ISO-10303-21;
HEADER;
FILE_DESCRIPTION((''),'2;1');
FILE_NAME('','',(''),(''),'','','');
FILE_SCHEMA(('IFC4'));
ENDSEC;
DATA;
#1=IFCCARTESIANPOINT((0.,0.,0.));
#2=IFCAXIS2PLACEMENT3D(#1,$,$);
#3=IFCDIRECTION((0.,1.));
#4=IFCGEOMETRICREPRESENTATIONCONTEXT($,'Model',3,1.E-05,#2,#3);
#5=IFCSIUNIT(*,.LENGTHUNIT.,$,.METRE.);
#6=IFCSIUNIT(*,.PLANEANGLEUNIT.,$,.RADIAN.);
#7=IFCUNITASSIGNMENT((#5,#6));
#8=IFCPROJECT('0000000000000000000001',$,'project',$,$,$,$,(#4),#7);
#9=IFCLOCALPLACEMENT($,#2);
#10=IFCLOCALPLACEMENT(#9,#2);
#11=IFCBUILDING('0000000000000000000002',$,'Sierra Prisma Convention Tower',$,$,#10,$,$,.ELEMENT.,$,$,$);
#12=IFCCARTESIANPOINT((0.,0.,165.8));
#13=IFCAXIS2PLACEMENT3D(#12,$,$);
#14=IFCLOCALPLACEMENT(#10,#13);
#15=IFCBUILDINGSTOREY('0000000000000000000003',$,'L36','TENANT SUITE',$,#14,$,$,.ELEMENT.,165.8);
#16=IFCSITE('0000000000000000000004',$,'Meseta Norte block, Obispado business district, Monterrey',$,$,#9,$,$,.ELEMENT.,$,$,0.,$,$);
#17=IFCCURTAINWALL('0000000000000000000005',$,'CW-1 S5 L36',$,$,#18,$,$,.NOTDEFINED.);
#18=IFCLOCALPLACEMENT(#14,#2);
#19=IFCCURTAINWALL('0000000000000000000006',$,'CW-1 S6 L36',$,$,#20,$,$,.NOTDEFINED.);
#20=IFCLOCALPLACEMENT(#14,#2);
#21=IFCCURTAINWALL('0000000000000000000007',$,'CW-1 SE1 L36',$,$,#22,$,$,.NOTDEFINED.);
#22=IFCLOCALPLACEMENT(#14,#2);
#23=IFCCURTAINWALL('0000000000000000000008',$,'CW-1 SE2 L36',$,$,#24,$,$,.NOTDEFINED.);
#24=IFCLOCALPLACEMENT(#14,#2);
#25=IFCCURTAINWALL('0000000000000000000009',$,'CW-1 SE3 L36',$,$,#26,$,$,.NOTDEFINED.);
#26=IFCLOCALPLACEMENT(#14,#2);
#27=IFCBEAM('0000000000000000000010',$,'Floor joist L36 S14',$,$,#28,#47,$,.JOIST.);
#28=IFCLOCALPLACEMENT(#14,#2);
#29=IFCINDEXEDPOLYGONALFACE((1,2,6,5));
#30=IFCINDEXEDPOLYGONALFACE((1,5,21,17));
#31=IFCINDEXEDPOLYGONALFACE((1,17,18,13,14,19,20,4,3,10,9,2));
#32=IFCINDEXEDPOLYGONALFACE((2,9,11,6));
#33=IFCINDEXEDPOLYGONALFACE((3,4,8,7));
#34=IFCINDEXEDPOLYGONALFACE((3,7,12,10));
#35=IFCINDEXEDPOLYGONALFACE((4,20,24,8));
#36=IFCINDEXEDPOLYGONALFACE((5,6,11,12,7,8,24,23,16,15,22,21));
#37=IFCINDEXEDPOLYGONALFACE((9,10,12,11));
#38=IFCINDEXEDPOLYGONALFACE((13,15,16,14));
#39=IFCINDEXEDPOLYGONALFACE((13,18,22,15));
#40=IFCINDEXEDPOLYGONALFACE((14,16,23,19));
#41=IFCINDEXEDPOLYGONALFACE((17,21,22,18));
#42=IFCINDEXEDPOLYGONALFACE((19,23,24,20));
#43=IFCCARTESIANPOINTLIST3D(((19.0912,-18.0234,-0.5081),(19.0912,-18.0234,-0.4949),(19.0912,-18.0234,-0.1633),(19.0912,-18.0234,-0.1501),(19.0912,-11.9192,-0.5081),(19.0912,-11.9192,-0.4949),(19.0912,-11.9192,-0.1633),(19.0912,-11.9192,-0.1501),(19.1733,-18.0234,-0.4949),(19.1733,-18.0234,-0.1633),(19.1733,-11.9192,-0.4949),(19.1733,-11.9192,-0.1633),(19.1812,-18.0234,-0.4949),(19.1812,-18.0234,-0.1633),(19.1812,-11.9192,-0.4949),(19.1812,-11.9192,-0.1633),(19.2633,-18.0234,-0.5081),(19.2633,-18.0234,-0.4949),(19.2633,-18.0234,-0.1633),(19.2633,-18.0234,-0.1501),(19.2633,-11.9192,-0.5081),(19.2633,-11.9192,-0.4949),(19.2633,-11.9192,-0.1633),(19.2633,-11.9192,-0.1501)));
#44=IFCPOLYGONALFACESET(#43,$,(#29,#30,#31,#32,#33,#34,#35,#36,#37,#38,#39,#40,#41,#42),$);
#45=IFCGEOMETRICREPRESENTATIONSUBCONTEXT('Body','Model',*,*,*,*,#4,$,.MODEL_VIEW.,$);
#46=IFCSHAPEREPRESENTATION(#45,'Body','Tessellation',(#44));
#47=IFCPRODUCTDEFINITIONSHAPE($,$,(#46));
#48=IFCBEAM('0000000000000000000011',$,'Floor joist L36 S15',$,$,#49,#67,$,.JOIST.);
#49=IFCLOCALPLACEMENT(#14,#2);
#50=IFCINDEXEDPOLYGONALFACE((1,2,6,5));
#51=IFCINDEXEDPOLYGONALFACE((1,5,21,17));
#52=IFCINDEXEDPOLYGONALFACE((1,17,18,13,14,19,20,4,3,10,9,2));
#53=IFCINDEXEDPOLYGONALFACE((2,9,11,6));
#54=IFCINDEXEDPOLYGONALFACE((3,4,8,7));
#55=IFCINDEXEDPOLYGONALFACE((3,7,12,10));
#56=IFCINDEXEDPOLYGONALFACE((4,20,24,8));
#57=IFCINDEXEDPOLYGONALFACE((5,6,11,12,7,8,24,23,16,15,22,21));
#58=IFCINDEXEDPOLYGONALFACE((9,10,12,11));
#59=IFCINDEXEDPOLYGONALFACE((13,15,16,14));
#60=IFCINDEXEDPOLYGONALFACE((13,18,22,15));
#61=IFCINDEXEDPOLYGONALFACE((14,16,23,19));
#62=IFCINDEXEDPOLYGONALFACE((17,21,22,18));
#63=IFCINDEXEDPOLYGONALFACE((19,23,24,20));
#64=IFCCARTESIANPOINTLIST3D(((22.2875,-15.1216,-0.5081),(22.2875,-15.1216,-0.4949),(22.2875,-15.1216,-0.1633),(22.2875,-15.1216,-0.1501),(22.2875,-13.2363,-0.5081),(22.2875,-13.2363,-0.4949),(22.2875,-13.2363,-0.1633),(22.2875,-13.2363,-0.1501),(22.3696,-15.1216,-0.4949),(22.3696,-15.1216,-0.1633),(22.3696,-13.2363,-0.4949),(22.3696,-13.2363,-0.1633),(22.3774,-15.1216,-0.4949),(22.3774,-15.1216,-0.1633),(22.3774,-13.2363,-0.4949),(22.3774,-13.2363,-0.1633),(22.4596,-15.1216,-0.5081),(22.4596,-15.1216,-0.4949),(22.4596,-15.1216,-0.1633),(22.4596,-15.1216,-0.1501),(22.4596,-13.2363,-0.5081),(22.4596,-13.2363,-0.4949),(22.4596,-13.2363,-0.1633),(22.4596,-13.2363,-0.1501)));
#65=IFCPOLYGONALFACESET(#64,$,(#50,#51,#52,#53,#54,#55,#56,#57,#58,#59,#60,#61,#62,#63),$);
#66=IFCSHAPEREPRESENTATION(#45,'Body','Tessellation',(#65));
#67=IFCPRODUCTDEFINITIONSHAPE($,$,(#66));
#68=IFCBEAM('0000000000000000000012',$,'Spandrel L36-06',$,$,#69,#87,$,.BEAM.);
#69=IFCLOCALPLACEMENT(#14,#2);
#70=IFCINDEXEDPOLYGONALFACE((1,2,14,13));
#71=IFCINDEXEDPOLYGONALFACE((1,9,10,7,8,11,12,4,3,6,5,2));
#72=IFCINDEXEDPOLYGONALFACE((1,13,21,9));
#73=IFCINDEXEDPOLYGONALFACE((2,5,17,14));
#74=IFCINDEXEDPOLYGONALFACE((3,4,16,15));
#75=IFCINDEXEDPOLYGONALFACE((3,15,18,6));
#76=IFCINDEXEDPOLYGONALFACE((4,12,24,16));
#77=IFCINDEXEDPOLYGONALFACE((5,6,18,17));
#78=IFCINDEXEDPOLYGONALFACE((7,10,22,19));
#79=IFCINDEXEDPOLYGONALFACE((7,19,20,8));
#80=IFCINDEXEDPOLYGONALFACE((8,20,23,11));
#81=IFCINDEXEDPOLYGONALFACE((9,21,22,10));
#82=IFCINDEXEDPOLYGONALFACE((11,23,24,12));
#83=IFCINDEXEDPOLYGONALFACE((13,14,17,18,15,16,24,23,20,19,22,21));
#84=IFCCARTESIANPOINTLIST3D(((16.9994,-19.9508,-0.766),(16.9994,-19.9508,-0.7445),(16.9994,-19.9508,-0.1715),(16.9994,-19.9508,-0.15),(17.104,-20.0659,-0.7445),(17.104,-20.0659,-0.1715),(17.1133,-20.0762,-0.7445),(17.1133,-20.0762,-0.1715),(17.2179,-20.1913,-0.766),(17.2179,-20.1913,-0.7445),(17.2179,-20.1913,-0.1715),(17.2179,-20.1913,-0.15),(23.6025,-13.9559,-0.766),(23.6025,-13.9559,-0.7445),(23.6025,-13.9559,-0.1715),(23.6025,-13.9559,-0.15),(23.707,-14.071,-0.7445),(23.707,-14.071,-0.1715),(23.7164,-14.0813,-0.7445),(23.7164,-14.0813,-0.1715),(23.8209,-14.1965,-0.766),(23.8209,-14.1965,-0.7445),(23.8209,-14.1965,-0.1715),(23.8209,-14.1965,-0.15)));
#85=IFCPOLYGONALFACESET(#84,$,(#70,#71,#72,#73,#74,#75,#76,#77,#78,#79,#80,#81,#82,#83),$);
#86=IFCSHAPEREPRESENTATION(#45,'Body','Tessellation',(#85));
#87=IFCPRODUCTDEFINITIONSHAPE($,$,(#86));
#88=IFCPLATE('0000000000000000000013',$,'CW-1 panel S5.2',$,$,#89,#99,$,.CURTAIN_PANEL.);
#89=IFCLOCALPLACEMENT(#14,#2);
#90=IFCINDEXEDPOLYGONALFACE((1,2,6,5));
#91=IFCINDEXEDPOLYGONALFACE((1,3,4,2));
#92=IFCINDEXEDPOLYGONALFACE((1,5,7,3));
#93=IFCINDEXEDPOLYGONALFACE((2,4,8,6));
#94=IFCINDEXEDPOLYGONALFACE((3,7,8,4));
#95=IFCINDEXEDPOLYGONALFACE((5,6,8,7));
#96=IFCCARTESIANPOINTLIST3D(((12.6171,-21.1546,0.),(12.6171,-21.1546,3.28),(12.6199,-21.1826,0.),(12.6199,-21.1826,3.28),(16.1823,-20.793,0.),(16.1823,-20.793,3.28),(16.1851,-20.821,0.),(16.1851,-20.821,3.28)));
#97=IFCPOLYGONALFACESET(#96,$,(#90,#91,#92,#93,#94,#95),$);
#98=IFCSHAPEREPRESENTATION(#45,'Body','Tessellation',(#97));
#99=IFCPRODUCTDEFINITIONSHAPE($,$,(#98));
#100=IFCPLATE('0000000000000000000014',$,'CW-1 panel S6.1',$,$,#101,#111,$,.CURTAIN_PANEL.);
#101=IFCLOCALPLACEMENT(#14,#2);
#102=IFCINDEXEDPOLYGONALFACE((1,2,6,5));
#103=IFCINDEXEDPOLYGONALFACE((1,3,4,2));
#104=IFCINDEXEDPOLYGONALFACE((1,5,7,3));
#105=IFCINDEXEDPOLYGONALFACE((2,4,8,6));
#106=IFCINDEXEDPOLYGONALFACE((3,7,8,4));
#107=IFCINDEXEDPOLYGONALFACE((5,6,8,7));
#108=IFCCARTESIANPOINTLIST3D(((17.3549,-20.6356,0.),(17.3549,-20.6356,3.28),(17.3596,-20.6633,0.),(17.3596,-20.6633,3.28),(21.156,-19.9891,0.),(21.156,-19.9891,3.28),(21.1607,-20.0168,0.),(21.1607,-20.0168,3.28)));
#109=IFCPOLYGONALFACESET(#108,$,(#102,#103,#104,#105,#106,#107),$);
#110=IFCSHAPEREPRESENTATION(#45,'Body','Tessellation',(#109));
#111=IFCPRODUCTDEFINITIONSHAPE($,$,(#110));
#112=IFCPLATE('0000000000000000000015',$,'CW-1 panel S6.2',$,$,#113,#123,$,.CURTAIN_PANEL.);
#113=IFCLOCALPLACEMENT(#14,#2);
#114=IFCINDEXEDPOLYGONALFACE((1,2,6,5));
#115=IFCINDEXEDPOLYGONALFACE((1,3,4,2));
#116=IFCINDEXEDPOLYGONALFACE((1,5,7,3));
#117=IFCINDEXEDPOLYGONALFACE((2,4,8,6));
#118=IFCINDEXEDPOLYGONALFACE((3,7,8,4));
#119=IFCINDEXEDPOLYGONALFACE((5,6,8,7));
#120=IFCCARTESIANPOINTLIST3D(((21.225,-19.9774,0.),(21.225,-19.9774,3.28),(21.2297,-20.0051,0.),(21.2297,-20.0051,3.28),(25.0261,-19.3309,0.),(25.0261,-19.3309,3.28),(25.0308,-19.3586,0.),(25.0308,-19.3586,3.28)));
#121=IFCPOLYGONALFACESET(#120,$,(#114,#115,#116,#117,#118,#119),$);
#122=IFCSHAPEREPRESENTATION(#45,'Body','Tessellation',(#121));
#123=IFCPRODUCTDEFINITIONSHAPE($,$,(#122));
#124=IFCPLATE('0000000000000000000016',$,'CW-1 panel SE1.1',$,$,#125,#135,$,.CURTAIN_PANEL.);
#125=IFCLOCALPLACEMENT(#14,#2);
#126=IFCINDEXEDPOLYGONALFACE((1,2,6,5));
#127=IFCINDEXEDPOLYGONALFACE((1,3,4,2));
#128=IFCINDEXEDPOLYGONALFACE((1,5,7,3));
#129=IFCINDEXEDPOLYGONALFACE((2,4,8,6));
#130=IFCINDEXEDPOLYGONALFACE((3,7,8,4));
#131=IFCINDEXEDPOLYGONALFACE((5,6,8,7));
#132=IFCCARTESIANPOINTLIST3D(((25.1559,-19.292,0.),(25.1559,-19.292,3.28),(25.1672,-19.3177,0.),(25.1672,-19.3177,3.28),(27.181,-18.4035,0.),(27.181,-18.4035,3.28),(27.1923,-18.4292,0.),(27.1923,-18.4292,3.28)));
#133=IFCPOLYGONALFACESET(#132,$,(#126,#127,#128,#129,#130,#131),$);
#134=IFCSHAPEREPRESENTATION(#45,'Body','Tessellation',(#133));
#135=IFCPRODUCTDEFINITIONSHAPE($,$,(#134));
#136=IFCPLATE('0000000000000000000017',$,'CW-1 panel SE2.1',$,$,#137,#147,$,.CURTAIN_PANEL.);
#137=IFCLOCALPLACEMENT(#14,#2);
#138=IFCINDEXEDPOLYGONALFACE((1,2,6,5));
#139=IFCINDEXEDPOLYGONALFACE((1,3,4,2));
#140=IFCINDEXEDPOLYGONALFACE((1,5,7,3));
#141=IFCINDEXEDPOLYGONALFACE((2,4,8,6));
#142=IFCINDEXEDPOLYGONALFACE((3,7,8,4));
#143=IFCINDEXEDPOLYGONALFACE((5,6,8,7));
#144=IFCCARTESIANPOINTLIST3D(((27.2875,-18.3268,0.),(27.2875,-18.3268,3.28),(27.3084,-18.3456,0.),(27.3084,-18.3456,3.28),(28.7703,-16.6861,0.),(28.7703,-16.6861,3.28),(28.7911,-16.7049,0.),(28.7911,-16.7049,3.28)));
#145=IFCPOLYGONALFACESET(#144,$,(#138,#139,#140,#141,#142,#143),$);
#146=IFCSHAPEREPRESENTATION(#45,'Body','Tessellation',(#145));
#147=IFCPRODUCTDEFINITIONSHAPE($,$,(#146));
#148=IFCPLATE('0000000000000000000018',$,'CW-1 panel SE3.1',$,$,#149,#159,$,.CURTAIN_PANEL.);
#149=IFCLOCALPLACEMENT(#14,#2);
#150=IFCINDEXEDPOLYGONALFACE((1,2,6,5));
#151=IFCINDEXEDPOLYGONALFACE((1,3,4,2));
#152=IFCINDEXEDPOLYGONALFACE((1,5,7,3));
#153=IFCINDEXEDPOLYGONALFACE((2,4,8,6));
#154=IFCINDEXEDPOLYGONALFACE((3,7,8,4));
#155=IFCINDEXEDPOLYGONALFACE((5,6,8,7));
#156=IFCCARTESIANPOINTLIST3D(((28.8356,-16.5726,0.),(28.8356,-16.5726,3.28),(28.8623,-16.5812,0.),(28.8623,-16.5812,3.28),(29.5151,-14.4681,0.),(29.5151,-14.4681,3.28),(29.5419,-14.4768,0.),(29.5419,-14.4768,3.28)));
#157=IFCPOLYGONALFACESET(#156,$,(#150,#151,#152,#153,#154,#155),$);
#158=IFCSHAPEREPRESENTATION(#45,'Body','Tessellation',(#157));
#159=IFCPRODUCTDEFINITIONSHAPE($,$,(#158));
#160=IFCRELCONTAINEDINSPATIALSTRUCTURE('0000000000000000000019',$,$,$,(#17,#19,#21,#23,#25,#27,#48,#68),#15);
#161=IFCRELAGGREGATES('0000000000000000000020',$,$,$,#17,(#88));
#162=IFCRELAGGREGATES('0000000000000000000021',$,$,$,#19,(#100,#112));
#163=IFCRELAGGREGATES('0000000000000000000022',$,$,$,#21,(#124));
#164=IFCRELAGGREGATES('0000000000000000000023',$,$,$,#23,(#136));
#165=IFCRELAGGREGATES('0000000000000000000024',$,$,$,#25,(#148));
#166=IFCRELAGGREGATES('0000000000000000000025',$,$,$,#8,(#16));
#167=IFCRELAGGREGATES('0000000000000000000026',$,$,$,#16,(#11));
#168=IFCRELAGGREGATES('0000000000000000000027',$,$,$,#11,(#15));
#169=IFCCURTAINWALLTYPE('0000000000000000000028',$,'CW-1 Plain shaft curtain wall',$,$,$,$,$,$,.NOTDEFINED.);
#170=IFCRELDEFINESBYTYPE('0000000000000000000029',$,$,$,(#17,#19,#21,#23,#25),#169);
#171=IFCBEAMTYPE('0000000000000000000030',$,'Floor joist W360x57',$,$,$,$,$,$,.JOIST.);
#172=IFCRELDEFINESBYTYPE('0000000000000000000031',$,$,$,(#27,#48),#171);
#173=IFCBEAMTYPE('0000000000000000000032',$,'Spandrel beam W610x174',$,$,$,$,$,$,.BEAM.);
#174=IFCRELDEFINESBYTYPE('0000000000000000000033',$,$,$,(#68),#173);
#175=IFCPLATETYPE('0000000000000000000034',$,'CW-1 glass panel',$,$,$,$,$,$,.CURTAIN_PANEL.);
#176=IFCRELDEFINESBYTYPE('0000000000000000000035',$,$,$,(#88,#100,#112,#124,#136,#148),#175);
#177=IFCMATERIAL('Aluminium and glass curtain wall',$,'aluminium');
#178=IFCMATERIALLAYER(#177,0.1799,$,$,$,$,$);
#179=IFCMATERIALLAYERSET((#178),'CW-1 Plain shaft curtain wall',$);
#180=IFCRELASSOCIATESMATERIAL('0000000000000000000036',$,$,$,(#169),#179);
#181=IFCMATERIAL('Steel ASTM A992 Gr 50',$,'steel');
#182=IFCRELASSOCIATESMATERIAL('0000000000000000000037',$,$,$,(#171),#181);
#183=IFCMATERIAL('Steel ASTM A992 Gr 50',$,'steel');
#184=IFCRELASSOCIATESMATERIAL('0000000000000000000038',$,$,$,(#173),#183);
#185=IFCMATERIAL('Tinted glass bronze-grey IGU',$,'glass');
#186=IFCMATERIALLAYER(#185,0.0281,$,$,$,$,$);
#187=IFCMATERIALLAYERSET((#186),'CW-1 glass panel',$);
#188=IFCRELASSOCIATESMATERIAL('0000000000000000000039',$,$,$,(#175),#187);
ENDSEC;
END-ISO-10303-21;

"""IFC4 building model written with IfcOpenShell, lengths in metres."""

from ifc_helpers import new_model, si_unit, direction, frame, origin, origin_2d, place, context, subcontext, project, spatial, rectangle, i_section, extrude, material, layer, layer_set, material_profile, profile_set, type_object, element, aggregate, save


model = new_model("IFC4")

# Units and contexts
model_context = context("Model", 3, precision=1e-05, world=origin(), true_north=direction((0.0, 1.0)))
body_context = subcontext(model_context, "Body", "Model", "MODEL_VIEW")
ifc_project = project(units=[si_unit("LENGTHUNIT", "METRE"), si_unit("PLANEANGLEUNIT", "RADIAN")], contexts=[model_context])

# Site, building, storey
site_placement = place(None, origin())
site = spatial("IfcSite", under=ifc_project, at=site_placement, Name="Meseta Norte block, Obispado business district, Monterrey", CompositionType="ELEMENT", RefElevation=0.0)
building_placement = place(site_placement, origin())
building = spatial("IfcBuilding", under=site, at=building_placement, Name="Sierra Prisma Convention Tower", CompositionType="ELEMENT")
storey_placement = place(building_placement, frame((0.0, 0.0, 165.8)))
storey = spatial("IfcBuildingStorey", under=building, at=storey_placement, Name="L36", Description="TENANT SUITE", CompositionType="ELEMENT", Elevation=165.8)

# Curtain walls
ifc_material_1 = material(Name="Aluminium and glass curtain wall", Category="aluminium")
ifc_layer_1 = layer(ifc_material_1, 0.1799)
ifc_layer_set_1 = layer_set([ifc_layer_1], Name="CW-1 Plain shaft curtain wall")
curtain_wall_type = type_object("IfcCurtainWallType", Name="CW-1 Plain shaft curtain wall", PredefinedType="NOTDEFINED", material=ifc_layer_set_1)
curtain_wall_1_placement = place(storey_placement, origin())
curtain_wall_1 = element("IfcCurtainWall", 1, at=curtain_wall_1_placement, inside=storey, type_object=curtain_wall_type, Name="CW-1 S5 L36", PredefinedType="NOTDEFINED")
curtain_wall_2_placement = place(storey_placement, origin())
curtain_wall_2 = element("IfcCurtainWall", 2, at=curtain_wall_2_placement, inside=storey, type_object=curtain_wall_type, Name="CW-1 S6 L36", PredefinedType="NOTDEFINED")
curtain_wall_3_placement = place(storey_placement, origin())
curtain_wall_3 = element("IfcCurtainWall", 3, at=curtain_wall_3_placement, inside=storey, type_object=curtain_wall_type, Name="CW-1 SE1 L36", PredefinedType="NOTDEFINED")
curtain_wall_4_placement = place(storey_placement, origin())
curtain_wall_4 = element("IfcCurtainWall", 4, at=curtain_wall_4_placement, inside=storey, type_object=curtain_wall_type, Name="CW-1 SE2 L36", PredefinedType="NOTDEFINED")
curtain_wall_5_placement = place(storey_placement, origin())
curtain_wall_5 = element("IfcCurtainWall", 5, at=curtain_wall_5_placement, inside=storey, type_object=curtain_wall_type, Name="CW-1 SE3 L36", PredefinedType="NOTDEFINED")

# Beams
ifc_material_2 = material(Name="Steel ASTM A992 Gr 50", Category="steel")
ifc_material_profile_1 = material_profile(ifc_material_2, i_section(OverallWidth=0.1721, OverallDepth=0.3579, WebThickness=0.0078, FlangeThickness=0.0132, at=origin_2d()), Name="W360x57")
ifc_profile_set_1 = profile_set([ifc_material_profile_1], Name="Steel ASTM A992 Gr 50")
beam_type_1 = type_object("IfcBeamType", Name="Floor joist W360x57", PredefinedType="JOIST", material=ifc_profile_set_1)
beam_1_placement = place(storey_placement, frame((19.1772, -18.0234, -0.3291), z_axis=(0.0, 1.0, 0.0), x_axis=(-1.0, 0.0, 0.0)))
element("IfcBeam", 6, at=beam_1_placement, inside=storey, type_object=beam_type_1, Name="Floor joist L36 S14", PredefinedType="JOIST", context=body_context, shape_type="SweptSolid", body=[
    extrude(i_section(OverallWidth=0.1721, OverallDepth=0.3579, WebThickness=0.0078, FlangeThickness=0.0132, at=origin_2d()), origin(), (0.0, 0.0, 1.0), 6.1042),
])
beam_2_placement = place(storey_placement, frame((22.3735, -15.1216, -0.3291), z_axis=(0.0, 1.0, 0.0), x_axis=(-1.0, 0.0, 0.0)))
element("IfcBeam", 7, at=beam_2_placement, inside=storey, type_object=beam_type_1, Name="Floor joist L36 S15", PredefinedType="JOIST", context=body_context, shape_type="SweptSolid", body=[
    extrude(i_section(OverallWidth=0.1721, OverallDepth=0.3579, WebThickness=0.0078, FlangeThickness=0.0132, at=origin_2d()), origin(), (0.0, 0.0, 1.0), 1.8853),
])
ifc_material_3 = material(Name="Steel ASTM A992 Gr 50", Category="steel")
ifc_material_profile_2 = material_profile(ifc_material_3, i_section(OverallWidth=0.325, OverallDepth=0.616, WebThickness=0.0139, FlangeThickness=0.0215, at=origin_2d()), Name="W610x174")
ifc_profile_set_2 = profile_set([ifc_material_profile_2], Name="Steel ASTM A992 Gr 50")
beam_type_2 = type_object("IfcBeamType", Name="Spandrel beam W610x174", PredefinedType="BEAM", material=ifc_profile_set_2)
beam_3_placement = place(storey_placement, frame((17.1086, -20.071, -0.458), z_axis=(0.74038, 0.672189, 0.0), x_axis=(-0.672189, 0.74038, 0.0)))
element("IfcBeam", 8, at=beam_3_placement, inside=storey, type_object=beam_type_2, Name="Spandrel L36-06", PredefinedType="BEAM", context=body_context, shape_type="SweptSolid", body=[
    extrude(i_section(OverallWidth=0.325, OverallDepth=0.616, WebThickness=0.0139, FlangeThickness=0.0215, at=origin_2d()), origin(), (0.0, 0.0, 1.0), 8.9185),
])

# Plates
ifc_material_4 = material(Name="Tinted glass bronze-grey IGU", Category="glass")
ifc_layer_2 = layer(ifc_material_4, 0.0281)
ifc_layer_set_2 = layer_set([ifc_layer_2], Name="CW-1 glass panel")
plate_type = type_object("IfcPlateType", Name="CW-1 glass panel", PredefinedType="CURTAIN_PANEL", material=ifc_layer_set_2)
plate_1_placement = place(storey_placement, frame((14.4011, -20.9878, 0.0), z_axis=(0.0, 0.0, 1.0), x_axis=(0.994895, 0.100911, 0.0)))
plate_1 = element("IfcPlate", 9, at=plate_1_placement, type_object=plate_type, Name="CW-1 panel S5.2", PredefinedType="CURTAIN_PANEL", context=body_context, shape_type="SweptSolid", body=[
    extrude(rectangle(XDim=3.5835, YDim=0.0281, at=origin_2d()), origin(), (0.0, 0.0, 1.0), 3.28),
])
aggregate(curtain_wall_1, [plate_1])
plate_2_placement = place(storey_placement, frame((19.2578, -20.3262, 0.0), z_axis=(0.0, 0.0, 1.0), x_axis=(0.985842, 0.167677, 0.0)))
plate_2 = element("IfcPlate", 10, at=plate_2_placement, type_object=plate_type, Name="CW-1 panel S6.1", PredefinedType="CURTAIN_PANEL", context=body_context, shape_type="SweptSolid", body=[
    extrude(rectangle(XDim=3.8557, YDim=0.0281, at=origin_2d()), origin(), (0.0, 0.0, 1.0), 3.28),
])
plate_3_placement = place(storey_placement, frame((23.1279, -19.668, 0.0), z_axis=(0.0, 0.0, 1.0), x_axis=(0.985842, 0.167677, 0.0)))
plate_3 = element("IfcPlate", 11, at=plate_3_placement, type_object=plate_type, Name="CW-1 panel S6.2", PredefinedType="CURTAIN_PANEL", context=body_context, shape_type="SweptSolid", body=[
    extrude(rectangle(XDim=3.8557, YDim=0.0281, at=origin_2d()), origin(), (0.0, 0.0, 1.0), 3.28),
])
aggregate(curtain_wall_2, [plate_2, plate_3])
plate_4_placement = place(storey_placement, frame((26.1741, -18.8606, 0.0), z_axis=(0.0, 0.0, 1.0), x_axis=(0.91575, 0.401748, 0.0)))
plate_4 = element("IfcPlate", 12, at=plate_4_placement, type_object=plate_type, Name="CW-1 panel SE1.1", PredefinedType="CURTAIN_PANEL", context=body_context, shape_type="SweptSolid", body=[
    extrude(rectangle(XDim=2.2114, YDim=0.0281, at=origin_2d()), origin(), (0.0, 0.0, 1.0), 3.28),
])
aggregate(curtain_wall_3, [plate_4])
plate_5_placement = place(storey_placement, frame((28.0393, -17.5159, 0.0), z_axis=(0.0, 0.0, 1.0), x_axis=(0.670481, 0.741927, 0.0)))
plate_5 = element("IfcPlate", 13, at=plate_5_placement, type_object=plate_type, Name="CW-1 panel SE2.1", PredefinedType="CURTAIN_PANEL", context=body_context, shape_type="SweptSolid", body=[
    extrude(rectangle(XDim=2.2114, YDim=0.0281, at=origin_2d()), origin(), (0.0, 0.0, 1.0), 3.28),
])
aggregate(curtain_wall_4, [plate_5])
plate_6_placement = place(storey_placement, frame((29.1887, -15.5247, 0.0), z_axis=(0.0, 0.0, 1.0), x_axis=(0.307287, 0.951617, 0.0)))
plate_6 = element("IfcPlate", 14, at=plate_6_placement, type_object=plate_type, Name="CW-1 panel SE3.1", PredefinedType="CURTAIN_PANEL", context=body_context, shape_type="SweptSolid", body=[
    extrude(rectangle(XDim=2.2114, YDim=0.0281, at=origin_2d()), origin(), (0.0, 0.0, 1.0), 3.28),
])
aggregate(curtain_wall_5, [plate_6])

save(model, "model.ifc")
